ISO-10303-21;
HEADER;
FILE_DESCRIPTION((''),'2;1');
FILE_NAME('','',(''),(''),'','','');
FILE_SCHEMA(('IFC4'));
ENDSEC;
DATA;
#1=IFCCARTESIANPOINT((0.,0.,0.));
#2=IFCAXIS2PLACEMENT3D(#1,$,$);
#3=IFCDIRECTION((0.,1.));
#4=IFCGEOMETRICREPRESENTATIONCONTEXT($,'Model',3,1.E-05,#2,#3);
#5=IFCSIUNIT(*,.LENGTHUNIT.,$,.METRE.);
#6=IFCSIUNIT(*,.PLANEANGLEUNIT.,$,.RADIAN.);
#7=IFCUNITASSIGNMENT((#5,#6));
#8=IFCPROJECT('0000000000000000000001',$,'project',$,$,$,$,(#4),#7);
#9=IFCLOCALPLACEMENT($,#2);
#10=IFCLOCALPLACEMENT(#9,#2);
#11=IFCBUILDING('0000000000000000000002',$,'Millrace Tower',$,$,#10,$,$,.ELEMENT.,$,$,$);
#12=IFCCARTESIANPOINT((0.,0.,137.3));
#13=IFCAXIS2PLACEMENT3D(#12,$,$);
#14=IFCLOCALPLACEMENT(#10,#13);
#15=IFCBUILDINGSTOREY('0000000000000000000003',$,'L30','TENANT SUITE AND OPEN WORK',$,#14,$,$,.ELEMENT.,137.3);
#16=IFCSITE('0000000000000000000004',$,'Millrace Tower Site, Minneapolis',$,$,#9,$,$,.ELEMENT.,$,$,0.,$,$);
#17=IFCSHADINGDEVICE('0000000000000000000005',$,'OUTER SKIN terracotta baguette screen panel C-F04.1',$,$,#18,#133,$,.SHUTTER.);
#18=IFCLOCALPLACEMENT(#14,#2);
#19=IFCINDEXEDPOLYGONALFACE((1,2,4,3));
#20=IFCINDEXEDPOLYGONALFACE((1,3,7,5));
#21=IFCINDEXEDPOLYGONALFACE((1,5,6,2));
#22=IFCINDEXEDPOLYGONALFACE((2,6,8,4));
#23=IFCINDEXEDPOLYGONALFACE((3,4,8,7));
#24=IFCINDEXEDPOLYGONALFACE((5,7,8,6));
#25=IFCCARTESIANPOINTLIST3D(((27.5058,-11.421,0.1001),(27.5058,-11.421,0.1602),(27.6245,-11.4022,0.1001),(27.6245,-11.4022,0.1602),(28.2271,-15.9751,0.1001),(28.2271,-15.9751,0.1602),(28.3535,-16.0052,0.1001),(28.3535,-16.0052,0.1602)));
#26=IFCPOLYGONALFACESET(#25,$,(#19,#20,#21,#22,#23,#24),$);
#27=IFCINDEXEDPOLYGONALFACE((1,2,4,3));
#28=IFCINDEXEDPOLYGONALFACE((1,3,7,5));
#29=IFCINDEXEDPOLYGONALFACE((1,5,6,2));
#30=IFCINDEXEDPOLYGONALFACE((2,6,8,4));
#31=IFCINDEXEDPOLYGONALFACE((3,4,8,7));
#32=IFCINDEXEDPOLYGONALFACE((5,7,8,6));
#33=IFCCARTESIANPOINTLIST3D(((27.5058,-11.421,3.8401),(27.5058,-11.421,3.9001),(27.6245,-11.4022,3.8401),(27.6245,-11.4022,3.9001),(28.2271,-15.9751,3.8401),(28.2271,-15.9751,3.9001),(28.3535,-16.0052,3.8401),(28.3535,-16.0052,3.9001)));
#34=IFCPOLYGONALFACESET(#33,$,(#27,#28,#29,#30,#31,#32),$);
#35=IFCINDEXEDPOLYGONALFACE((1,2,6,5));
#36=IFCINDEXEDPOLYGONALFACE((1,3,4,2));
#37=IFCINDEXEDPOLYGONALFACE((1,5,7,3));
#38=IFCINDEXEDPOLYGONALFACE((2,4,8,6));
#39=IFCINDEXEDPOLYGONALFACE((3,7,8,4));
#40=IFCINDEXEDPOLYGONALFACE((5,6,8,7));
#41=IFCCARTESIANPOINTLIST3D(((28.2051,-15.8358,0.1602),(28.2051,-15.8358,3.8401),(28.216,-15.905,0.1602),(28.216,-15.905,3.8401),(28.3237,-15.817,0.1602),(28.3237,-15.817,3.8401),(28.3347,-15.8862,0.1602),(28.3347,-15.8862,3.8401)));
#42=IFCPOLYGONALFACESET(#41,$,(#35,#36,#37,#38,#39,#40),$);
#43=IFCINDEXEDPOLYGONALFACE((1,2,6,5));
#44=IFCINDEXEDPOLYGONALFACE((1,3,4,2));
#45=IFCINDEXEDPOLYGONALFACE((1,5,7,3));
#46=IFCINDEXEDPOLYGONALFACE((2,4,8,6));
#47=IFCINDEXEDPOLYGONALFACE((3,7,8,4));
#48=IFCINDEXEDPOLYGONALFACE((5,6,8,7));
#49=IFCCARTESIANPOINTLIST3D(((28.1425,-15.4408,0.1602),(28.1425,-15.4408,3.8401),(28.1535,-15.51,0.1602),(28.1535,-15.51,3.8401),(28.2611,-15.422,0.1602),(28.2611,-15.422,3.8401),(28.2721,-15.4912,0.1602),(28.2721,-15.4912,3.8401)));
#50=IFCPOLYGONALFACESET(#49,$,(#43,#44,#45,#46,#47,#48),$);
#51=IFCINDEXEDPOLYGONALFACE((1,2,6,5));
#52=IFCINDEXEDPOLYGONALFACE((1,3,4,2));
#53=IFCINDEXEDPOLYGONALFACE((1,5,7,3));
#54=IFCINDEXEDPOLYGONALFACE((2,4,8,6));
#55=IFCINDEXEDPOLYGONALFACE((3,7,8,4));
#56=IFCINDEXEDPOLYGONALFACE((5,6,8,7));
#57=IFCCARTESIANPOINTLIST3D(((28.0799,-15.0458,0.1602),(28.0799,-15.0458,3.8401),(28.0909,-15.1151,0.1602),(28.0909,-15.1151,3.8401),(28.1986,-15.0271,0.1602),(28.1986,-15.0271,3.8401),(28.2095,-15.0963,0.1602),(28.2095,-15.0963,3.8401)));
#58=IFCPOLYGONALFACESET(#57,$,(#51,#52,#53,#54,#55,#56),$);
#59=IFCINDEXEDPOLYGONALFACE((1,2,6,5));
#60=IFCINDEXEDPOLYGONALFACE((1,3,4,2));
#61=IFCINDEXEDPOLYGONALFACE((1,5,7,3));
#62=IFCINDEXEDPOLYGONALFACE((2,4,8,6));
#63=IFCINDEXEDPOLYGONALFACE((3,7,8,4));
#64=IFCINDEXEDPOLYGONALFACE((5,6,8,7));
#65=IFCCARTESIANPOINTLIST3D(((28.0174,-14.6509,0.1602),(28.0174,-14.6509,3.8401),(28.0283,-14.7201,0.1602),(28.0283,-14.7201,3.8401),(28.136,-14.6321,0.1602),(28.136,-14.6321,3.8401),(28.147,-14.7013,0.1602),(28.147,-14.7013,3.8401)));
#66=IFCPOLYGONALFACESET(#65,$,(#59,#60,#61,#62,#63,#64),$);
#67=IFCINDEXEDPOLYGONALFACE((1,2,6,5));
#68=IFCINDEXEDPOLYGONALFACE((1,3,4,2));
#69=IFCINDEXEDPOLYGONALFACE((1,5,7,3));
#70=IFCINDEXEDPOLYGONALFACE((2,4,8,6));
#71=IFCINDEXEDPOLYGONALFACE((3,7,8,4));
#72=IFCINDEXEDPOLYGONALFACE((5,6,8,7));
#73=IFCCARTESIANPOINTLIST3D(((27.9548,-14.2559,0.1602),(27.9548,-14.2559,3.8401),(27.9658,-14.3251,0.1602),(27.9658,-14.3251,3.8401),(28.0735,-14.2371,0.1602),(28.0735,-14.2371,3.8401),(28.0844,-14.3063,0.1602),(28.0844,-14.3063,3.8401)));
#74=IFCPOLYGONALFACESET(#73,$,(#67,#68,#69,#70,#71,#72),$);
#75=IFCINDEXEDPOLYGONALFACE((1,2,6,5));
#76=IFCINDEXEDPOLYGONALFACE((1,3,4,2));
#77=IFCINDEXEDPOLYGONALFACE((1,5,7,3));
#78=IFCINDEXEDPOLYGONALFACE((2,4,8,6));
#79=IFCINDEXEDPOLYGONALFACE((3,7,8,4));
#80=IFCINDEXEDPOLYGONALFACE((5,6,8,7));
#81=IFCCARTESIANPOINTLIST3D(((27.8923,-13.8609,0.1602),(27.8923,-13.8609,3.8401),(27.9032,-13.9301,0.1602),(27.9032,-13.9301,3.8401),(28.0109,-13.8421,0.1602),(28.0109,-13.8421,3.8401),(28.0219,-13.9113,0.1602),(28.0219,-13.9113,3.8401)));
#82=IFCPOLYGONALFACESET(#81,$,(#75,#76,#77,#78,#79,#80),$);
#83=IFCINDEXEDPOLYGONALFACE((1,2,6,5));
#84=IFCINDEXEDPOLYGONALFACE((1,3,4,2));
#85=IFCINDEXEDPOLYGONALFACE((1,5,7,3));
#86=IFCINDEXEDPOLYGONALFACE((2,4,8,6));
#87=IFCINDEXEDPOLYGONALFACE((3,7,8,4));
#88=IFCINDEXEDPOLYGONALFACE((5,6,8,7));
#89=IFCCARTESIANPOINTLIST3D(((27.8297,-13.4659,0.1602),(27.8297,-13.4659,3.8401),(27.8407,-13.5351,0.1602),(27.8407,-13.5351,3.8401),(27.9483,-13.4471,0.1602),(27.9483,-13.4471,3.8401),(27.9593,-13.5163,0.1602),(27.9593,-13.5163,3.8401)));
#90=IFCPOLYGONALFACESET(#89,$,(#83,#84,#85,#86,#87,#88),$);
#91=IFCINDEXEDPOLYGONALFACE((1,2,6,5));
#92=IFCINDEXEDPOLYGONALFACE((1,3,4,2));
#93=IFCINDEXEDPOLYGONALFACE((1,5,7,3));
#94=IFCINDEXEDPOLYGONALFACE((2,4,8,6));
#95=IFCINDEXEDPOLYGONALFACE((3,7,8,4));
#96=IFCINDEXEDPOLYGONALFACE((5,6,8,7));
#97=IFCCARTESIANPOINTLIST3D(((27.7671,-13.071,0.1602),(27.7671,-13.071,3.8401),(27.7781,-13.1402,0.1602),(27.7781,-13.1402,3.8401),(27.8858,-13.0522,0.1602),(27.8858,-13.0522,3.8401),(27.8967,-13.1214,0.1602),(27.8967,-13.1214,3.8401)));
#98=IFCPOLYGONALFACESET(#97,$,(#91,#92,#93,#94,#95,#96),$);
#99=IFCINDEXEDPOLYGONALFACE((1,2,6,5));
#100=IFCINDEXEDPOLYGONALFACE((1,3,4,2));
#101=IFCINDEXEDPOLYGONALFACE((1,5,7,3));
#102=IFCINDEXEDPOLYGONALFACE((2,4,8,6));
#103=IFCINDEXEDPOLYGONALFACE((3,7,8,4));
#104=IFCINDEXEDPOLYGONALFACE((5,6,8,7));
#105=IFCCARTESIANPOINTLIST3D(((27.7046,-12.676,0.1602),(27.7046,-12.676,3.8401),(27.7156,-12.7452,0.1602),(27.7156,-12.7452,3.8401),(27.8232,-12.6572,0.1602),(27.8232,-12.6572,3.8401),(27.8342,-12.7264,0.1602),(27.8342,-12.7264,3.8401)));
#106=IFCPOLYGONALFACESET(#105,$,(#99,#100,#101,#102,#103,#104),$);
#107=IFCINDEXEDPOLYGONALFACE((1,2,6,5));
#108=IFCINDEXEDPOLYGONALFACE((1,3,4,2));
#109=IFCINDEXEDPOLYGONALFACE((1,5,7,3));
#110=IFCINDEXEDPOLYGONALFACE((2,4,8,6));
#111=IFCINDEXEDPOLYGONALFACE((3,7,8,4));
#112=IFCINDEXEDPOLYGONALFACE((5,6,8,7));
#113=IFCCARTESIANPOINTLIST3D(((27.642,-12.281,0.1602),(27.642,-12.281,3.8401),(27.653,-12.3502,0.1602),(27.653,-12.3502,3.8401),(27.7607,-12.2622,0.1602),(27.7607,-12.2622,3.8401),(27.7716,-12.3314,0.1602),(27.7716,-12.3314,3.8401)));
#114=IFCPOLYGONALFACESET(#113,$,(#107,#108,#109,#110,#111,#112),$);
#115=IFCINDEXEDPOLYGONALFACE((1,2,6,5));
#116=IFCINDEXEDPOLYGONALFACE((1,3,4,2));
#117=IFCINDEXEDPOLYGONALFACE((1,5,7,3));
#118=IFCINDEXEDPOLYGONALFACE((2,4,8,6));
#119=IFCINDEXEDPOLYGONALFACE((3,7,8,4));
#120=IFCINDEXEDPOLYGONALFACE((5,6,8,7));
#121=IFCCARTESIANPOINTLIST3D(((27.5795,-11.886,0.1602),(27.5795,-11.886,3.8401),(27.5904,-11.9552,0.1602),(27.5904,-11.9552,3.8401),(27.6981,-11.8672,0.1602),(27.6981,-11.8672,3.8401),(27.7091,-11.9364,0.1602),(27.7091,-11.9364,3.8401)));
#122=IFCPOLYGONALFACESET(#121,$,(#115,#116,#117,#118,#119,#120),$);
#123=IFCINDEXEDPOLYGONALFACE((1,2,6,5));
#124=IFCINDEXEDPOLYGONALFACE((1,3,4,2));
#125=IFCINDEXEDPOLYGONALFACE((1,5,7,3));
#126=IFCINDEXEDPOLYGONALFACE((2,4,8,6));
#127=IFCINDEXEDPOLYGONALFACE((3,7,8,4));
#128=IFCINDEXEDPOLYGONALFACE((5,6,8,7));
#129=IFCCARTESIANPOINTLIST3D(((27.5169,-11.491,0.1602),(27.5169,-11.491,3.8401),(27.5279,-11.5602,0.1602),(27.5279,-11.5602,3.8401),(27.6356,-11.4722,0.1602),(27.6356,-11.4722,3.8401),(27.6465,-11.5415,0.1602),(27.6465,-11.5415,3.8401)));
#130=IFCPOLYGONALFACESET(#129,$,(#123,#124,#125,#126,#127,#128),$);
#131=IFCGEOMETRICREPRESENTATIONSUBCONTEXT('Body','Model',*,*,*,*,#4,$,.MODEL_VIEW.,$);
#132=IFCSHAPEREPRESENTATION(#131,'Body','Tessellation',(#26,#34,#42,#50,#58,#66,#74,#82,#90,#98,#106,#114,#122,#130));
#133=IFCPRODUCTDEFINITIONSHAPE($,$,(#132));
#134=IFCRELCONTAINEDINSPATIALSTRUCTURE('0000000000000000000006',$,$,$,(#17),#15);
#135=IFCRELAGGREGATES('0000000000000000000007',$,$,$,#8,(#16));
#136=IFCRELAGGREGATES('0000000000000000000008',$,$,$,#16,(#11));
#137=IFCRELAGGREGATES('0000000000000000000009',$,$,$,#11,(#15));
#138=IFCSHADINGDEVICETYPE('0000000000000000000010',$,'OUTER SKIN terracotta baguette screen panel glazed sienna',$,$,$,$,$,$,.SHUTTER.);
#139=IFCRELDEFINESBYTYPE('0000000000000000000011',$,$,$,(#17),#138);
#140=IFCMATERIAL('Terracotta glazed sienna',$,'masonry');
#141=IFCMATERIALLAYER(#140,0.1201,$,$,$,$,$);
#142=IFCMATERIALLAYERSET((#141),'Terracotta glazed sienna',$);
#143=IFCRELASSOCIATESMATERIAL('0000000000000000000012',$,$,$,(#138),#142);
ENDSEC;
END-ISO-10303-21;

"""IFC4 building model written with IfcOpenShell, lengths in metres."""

from ifc_helpers import new_model, entity, si_unit, direction, frame, frame_2d, origin, place, context, subcontext, project, spatial, rectangle, extrude, source, transform, mapped, material, layer, layer_set, type_object, element, save


model = new_model("IFC4")

# Units and contexts
model_context = context("Model", 3, precision=1e-05, world=origin(), true_north=direction((0.0, 1.0)))
body_context = subcontext(model_context, "Body", "Model", "MODEL_VIEW")
ifc_project = project(units=[si_unit("LENGTHUNIT", "METRE"), si_unit("PLANEANGLEUNIT", "RADIAN")], contexts=[model_context])

# Site, building, storey
site_placement = place(None, origin())
site = spatial("IfcSite", under=ifc_project, at=site_placement, Name="Millrace Tower Site, Minneapolis", CompositionType="ELEMENT", RefElevation=0.0)
building_placement = place(site_placement, origin())
building = spatial("IfcBuilding", under=site, at=building_placement, Name="Millrace Tower", CompositionType="ELEMENT")
storey_placement = place(building_placement, frame((0.0, 0.0, 137.3)))
storey = spatial("IfcBuildingStorey", under=building, at=storey_placement, Name="L30", Description="TENANT SUITE AND OPEN WORK", CompositionType="ELEMENT", Elevation=137.3)

# Shading device
ifc_material_1 = material(Name="Terracotta glazed sienna", Category="masonry")
ifc_layer_1 = layer(ifc_material_1, 0.1201)
ifc_layer_set_1 = layer_set([ifc_layer_1], Name="Terracotta glazed sienna")
shading_device_type = type_object("IfcShadingDeviceType", Name="OUTER SKIN terracotta baguette screen panel glazed sienna", PredefinedType="SHUTTER", material=ifc_layer_set_1)
cartesian_point_1 = entity("IfcCartesianPoint", [-2.293, 0.0601])
shared_polyline_1 = entity("IfcPolyline", [cartesian_point_1, entity("IfcCartesianPoint", [2.3179, 0.0601]), entity("IfcCartesianPoint", [2.3179, -0.0601]), entity("IfcCartesianPoint", [-2.3425, -0.0601]), cartesian_point_1])
shared_shape_1 = source(origin(), body_context, "Body", "SweptSolid", [
    entity("IfcExtrudedAreaSolid", entity("IfcArbitraryClosedProfileDef", "AREA", None, shared_polyline_1), entity("IfcAxis2Placement3D", entity("IfcCartesianPoint", [0.0, 0.0, 0.0])), entity("IfcDirection", [0.0, 0.0, 1.0]), 0.0601),
    entity("IfcExtrudedAreaSolid", entity("IfcArbitraryClosedProfileDef", "AREA", None, shared_polyline_1), entity("IfcAxis2Placement3D", entity("IfcCartesianPoint", [0.0, 0.0, 3.74])), entity("IfcDirection", [0.0, 0.0, 1.0]), 0.0601),
    extrude(rectangle(XDim=0.0701, YDim=0.1201, at=frame_2d((-2.187, 0.0))), frame((0.0, 0.0, 0.0601)), (0.0, 0.0, 1.0), 3.6799),
    extrude(rectangle(XDim=0.0701, YDim=0.1201, at=frame_2d((-1.7871, 0.0))), frame((0.0, 0.0, 0.0601)), (0.0, 0.0, 1.0), 3.6799),
    extrude(rectangle(XDim=0.0701, YDim=0.1201, at=frame_2d((-1.3872, 0.0))), frame((0.0, 0.0, 0.0601)), (0.0, 0.0, 1.0), 3.6799),
    extrude(rectangle(XDim=0.0701, YDim=0.1201, at=frame_2d((-0.9873, 0.0))), frame((0.0, 0.0, 0.0601)), (0.0, 0.0, 1.0), 3.6799),
    extrude(rectangle(XDim=0.0701, YDim=0.1201, at=frame_2d((-0.5874, 0.0))), frame((0.0, 0.0, 0.0601)), (0.0, 0.0, 1.0), 3.6799),
    extrude(rectangle(XDim=0.0701, YDim=0.1201, at=frame_2d((-0.1875, 0.0))), frame((0.0, 0.0, 0.0601)), (0.0, 0.0, 1.0), 3.6799),
    extrude(rectangle(XDim=0.0701, YDim=0.1201, at=frame_2d((0.2124, 0.0))), frame((0.0, 0.0, 0.0601)), (0.0, 0.0, 1.0), 3.6799),
    extrude(rectangle(XDim=0.0701, YDim=0.1201, at=frame_2d((0.6123, 0.0))), frame((0.0, 0.0, 0.0601)), (0.0, 0.0, 1.0), 3.6799),
    extrude(rectangle(XDim=0.0701, YDim=0.1201, at=frame_2d((1.0122, 0.0))), frame((0.0, 0.0, 0.0601)), (0.0, 0.0, 1.0), 3.6799),
    extrude(rectangle(XDim=0.0701, YDim=0.1201, at=frame_2d((1.4121, 0.0))), frame((0.0, 0.0, 0.0601)), (0.0, 0.0, 1.0), 3.6799),
    extrude(rectangle(XDim=0.0701, YDim=0.1201, at=frame_2d((1.812, 0.0))), frame((0.0, 0.0, 0.0601)), (0.0, 0.0, 1.0), 3.6799),
    extrude(rectangle(XDim=0.0701, YDim=0.1201, at=frame_2d((2.2119, 0.0))), frame((0.0, 0.0, 0.0601)), (0.0, 0.0, 1.0), 3.6799),
])
shading_device_placement = place(storey_placement, frame((27.9277, -13.7009, 0.1001), z_axis=(0.0, 0.0, 1.0), x_axis=(-0.156434, 0.987688, 0.0)))
element("IfcShadingDevice", 1, at=shading_device_placement, inside=storey, type_object=shading_device_type, Name="OUTER SKIN terracotta baguette screen panel C-F04.1", PredefinedType="SHUTTER", context=body_context, shape_type="MappedRepresentation", body=[
    mapped(shared_shape_1, transform((0.0, 0.0, 0.0), scale=1.0)),
])

save(model, "model.ifc")
